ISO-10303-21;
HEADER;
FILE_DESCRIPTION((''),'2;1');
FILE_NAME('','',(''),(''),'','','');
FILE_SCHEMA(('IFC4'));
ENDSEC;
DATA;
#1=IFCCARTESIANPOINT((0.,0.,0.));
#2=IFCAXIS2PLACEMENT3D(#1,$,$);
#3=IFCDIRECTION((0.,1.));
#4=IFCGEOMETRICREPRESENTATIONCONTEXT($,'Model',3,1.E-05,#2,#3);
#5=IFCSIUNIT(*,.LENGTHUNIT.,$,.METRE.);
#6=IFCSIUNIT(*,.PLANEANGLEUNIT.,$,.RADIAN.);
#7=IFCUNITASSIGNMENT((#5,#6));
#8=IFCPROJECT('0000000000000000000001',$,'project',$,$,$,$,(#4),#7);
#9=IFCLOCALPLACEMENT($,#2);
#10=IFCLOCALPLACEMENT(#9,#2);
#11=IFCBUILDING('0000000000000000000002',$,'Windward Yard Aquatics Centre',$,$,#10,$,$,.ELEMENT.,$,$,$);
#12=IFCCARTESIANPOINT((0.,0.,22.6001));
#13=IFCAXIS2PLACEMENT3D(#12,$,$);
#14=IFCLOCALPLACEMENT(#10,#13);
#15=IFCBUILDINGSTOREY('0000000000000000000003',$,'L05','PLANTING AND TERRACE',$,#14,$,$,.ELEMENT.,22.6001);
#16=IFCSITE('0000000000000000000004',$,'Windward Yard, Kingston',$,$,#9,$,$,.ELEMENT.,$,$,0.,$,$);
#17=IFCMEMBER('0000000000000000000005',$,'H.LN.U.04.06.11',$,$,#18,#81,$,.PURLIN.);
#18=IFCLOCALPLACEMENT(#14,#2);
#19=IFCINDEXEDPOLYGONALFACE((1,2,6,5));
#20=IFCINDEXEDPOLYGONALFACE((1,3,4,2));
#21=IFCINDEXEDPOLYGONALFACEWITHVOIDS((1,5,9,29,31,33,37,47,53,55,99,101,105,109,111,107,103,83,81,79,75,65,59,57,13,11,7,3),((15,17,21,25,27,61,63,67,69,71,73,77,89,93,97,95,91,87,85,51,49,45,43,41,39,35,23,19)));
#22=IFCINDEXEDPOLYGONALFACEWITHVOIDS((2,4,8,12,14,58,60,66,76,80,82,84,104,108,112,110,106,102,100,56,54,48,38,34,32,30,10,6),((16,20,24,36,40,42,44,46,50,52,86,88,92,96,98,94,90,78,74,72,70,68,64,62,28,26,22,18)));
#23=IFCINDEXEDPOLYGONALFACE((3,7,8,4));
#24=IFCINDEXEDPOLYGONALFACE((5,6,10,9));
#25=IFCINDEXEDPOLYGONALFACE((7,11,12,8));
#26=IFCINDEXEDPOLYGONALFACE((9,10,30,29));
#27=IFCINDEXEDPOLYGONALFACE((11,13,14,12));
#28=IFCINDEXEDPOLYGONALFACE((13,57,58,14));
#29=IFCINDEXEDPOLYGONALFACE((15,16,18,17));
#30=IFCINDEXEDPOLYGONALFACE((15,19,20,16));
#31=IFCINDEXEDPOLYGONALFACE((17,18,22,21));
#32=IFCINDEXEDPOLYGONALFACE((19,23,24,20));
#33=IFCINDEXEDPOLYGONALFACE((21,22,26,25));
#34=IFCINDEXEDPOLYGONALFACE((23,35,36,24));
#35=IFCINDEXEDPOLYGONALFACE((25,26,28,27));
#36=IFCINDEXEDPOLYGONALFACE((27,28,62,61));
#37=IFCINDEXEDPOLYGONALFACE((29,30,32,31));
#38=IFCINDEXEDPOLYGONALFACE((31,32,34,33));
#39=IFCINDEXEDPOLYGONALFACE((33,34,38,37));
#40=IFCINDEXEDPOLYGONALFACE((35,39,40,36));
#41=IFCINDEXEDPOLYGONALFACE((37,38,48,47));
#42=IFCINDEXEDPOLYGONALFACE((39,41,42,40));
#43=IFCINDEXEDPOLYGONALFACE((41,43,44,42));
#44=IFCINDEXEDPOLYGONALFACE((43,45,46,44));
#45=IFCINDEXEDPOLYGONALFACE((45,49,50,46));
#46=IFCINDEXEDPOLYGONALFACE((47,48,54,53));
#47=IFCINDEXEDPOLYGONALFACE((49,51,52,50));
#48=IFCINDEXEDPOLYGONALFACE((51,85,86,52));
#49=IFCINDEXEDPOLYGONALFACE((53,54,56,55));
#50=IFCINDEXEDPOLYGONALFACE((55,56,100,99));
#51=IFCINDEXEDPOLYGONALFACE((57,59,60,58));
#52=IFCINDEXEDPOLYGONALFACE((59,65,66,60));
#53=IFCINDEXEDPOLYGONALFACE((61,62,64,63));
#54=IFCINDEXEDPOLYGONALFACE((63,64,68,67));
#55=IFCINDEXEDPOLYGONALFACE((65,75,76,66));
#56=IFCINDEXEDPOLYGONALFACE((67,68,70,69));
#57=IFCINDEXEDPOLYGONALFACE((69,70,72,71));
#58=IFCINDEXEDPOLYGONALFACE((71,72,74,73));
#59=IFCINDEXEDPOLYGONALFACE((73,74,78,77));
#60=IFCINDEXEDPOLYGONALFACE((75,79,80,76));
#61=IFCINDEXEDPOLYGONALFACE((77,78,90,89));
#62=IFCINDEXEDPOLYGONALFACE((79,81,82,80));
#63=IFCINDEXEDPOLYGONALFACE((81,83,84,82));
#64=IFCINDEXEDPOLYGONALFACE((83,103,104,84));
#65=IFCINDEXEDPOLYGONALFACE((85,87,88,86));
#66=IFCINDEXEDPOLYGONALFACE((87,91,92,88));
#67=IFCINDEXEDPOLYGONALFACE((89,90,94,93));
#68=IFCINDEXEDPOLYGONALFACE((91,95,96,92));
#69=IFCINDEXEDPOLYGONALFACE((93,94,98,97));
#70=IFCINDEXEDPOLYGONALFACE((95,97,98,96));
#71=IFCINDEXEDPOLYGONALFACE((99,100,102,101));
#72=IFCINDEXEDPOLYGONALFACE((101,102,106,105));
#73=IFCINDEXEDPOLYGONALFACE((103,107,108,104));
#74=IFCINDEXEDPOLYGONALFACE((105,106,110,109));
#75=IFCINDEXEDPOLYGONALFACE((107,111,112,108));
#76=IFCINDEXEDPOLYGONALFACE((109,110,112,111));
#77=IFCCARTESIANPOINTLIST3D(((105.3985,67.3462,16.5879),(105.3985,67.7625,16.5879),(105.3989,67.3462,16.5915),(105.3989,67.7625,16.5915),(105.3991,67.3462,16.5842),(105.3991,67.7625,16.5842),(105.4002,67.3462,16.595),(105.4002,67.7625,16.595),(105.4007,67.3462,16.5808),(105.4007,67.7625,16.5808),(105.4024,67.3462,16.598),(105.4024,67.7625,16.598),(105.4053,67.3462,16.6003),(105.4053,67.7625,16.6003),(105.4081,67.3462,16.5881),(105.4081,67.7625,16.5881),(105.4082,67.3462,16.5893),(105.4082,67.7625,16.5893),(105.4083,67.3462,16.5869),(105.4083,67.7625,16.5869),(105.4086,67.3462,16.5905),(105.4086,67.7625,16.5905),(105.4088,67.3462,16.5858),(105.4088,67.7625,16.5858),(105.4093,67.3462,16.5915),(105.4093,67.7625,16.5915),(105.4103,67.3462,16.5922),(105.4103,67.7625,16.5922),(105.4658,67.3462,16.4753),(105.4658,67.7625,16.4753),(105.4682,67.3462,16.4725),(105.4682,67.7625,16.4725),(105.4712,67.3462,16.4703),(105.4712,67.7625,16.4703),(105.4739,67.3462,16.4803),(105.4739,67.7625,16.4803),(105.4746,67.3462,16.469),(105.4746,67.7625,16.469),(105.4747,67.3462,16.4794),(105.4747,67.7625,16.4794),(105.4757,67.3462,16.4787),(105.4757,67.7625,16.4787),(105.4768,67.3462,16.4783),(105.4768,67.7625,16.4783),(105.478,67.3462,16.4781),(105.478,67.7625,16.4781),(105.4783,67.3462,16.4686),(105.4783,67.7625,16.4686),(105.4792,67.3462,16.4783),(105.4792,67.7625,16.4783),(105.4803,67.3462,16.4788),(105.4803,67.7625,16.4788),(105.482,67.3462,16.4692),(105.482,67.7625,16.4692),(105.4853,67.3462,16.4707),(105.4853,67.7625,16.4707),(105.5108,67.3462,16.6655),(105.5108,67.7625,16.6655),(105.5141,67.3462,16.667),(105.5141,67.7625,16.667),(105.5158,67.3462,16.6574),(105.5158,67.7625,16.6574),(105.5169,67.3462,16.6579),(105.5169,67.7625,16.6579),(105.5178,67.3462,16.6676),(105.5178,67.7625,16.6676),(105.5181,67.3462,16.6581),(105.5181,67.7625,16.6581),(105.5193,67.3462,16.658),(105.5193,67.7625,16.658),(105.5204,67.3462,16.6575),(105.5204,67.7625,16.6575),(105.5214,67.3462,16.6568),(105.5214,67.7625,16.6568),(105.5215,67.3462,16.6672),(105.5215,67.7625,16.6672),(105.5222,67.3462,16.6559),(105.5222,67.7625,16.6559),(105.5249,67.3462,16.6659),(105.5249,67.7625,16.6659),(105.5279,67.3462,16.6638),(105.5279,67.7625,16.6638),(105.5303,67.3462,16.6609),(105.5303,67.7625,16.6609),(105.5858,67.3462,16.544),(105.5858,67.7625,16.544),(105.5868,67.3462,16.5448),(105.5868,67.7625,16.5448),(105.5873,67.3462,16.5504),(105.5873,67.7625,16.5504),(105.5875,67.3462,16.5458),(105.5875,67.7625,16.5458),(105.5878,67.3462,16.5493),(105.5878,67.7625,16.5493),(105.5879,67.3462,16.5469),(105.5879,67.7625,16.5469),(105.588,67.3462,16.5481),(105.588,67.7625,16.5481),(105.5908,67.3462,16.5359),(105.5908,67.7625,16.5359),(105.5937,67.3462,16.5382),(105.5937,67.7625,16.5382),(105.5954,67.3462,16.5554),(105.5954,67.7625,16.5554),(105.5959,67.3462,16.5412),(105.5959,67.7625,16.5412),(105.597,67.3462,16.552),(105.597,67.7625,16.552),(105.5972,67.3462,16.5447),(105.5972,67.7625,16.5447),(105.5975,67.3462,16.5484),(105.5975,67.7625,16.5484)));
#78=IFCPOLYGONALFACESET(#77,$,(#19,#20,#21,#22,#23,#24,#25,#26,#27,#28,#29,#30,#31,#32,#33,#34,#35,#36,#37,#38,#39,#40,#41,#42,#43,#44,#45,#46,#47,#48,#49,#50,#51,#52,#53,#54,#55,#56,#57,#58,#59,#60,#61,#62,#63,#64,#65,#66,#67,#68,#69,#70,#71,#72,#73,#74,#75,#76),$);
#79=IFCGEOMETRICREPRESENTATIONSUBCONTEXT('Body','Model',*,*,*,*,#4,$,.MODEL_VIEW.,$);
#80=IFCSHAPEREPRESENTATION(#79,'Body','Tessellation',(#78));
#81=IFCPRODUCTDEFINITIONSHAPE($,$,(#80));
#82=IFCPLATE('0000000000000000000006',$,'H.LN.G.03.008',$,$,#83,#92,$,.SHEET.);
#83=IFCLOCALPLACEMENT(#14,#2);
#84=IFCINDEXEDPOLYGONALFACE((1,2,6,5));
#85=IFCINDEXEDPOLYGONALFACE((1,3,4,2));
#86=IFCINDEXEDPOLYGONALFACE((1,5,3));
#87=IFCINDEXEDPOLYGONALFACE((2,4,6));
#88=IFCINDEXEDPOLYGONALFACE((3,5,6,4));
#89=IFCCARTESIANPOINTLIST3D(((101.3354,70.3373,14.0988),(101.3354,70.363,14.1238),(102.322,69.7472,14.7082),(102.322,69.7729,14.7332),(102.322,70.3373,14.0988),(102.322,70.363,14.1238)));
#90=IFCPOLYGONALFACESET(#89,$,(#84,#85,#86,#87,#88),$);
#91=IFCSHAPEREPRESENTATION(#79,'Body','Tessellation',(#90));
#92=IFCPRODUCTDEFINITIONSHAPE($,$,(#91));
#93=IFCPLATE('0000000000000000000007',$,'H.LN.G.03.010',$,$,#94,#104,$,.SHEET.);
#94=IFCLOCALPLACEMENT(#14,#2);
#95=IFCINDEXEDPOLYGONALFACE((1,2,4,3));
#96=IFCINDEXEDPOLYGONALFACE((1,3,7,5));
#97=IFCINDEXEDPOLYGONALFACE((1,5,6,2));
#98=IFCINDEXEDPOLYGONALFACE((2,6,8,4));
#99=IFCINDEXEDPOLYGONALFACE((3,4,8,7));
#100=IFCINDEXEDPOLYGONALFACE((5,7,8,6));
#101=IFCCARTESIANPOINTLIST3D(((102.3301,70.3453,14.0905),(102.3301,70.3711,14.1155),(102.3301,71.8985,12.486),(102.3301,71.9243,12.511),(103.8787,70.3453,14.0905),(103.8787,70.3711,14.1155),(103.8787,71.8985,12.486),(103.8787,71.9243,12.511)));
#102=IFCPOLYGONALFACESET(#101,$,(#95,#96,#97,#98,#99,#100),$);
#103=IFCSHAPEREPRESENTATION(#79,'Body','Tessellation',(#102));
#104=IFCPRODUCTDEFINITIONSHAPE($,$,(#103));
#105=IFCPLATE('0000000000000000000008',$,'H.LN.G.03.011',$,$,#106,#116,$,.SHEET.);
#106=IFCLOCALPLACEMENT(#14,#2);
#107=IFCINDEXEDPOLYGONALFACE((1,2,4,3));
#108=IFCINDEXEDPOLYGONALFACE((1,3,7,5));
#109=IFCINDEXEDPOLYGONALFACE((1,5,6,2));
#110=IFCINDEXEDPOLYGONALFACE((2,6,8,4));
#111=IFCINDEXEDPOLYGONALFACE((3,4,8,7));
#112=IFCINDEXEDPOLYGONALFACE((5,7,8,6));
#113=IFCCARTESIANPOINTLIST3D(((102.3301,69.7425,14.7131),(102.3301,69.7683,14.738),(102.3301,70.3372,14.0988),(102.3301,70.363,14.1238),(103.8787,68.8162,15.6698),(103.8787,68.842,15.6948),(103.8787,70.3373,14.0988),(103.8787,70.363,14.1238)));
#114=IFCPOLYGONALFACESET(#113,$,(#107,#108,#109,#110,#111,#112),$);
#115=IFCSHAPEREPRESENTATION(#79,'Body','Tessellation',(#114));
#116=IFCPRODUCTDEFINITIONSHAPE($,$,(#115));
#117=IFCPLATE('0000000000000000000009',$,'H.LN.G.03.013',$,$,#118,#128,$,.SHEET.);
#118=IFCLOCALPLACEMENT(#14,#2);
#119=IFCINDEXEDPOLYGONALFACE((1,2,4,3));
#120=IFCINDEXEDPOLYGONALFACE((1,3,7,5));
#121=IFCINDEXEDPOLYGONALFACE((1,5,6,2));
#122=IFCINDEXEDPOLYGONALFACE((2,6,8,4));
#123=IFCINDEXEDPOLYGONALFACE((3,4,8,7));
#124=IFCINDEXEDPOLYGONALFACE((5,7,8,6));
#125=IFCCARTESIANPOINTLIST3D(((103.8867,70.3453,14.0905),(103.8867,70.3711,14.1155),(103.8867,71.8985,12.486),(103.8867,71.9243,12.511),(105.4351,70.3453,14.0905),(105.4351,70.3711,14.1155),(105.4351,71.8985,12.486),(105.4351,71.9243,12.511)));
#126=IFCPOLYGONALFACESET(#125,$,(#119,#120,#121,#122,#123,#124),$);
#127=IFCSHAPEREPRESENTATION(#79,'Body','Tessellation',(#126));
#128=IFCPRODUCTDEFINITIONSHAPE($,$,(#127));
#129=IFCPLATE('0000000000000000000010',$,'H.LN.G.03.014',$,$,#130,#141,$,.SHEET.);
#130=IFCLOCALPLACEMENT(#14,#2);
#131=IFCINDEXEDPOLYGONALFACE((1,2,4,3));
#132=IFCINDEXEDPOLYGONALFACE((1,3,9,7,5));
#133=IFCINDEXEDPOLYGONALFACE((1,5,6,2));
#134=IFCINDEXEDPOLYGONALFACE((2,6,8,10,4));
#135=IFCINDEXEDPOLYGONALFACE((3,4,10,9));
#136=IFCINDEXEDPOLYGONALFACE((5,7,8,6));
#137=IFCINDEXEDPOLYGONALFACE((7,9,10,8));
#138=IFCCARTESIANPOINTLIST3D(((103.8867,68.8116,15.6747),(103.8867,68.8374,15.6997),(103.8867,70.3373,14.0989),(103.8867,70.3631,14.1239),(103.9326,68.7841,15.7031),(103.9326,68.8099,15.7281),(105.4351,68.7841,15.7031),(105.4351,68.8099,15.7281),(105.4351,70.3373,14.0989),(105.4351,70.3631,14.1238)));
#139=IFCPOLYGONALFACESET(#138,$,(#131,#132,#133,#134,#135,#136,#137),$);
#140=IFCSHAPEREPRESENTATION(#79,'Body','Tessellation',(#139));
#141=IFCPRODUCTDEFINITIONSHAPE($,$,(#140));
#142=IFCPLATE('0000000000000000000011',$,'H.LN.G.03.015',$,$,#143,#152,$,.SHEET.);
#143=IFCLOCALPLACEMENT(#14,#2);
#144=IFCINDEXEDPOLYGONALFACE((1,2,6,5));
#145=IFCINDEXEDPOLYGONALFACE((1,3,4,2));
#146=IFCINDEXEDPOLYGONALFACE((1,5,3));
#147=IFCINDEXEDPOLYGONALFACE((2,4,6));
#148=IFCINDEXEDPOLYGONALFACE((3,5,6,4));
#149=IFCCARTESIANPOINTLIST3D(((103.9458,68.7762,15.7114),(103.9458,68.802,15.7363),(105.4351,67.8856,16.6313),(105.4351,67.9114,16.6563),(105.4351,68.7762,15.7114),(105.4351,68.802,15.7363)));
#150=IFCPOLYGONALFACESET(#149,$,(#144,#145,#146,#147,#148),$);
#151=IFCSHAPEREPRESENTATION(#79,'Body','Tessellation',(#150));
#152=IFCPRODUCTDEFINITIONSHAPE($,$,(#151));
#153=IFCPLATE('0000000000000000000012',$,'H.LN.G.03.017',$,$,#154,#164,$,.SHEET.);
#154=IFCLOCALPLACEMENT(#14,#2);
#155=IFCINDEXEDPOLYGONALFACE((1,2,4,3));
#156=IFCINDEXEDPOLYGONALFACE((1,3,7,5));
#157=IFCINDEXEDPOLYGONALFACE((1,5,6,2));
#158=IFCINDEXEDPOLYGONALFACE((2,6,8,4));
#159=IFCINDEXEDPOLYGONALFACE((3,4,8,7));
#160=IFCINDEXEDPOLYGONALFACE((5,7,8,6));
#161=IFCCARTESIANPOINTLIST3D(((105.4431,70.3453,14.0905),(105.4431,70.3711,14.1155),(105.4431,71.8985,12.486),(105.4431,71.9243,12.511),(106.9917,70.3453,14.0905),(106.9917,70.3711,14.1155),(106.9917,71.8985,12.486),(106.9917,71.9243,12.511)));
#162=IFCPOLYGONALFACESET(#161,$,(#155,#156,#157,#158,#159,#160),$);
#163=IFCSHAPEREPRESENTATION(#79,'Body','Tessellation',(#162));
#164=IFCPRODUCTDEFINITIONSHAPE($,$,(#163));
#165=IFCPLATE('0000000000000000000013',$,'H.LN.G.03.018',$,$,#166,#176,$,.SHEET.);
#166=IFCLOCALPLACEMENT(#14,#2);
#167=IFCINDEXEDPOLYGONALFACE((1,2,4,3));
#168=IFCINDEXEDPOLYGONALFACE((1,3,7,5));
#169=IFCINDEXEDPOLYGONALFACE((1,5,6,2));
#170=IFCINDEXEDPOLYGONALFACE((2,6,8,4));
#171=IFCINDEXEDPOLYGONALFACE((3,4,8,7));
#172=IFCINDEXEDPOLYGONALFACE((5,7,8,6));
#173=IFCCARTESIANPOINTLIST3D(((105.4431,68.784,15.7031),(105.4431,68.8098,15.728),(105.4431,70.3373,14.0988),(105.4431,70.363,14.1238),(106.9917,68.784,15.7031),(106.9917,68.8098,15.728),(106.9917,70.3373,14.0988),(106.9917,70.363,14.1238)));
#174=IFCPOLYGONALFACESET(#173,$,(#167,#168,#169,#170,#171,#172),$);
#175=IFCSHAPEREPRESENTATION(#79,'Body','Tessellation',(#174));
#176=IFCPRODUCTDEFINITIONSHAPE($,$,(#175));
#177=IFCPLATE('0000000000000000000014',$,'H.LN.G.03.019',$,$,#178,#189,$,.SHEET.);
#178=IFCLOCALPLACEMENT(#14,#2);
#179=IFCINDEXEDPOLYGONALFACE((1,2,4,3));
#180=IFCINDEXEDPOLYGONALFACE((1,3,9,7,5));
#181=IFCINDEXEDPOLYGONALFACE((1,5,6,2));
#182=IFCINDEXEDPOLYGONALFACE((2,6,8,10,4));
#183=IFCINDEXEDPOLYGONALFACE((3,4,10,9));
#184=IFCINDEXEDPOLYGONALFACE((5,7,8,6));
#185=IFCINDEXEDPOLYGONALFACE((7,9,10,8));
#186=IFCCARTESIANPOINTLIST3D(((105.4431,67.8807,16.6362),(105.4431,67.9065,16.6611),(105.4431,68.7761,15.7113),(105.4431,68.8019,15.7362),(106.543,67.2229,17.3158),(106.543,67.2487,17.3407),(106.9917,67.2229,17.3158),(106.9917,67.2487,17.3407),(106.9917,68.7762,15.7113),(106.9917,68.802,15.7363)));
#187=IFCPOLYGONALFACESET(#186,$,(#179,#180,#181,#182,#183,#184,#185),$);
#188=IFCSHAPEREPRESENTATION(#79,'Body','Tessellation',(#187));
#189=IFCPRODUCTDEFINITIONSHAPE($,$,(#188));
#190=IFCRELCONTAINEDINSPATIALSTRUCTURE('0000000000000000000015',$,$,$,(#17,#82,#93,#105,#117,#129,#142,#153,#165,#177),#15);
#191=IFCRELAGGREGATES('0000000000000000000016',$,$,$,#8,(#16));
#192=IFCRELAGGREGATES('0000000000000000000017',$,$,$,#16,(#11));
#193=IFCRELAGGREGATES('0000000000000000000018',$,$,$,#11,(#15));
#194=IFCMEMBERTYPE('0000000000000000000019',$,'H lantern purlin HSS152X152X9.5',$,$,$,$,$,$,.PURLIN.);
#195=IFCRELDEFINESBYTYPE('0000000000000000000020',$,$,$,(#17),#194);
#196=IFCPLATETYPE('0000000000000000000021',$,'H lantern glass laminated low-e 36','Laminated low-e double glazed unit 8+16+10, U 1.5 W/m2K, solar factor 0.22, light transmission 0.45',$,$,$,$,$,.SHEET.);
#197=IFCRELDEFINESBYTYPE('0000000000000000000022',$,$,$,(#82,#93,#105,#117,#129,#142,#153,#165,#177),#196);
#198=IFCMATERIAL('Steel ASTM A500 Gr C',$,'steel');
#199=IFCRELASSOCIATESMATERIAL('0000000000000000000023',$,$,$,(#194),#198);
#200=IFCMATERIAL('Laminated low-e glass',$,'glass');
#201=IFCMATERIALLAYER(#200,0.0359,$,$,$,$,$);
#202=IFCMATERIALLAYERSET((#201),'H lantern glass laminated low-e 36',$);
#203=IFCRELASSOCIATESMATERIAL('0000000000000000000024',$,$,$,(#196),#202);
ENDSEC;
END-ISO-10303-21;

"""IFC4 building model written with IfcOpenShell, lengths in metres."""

from ifc_helpers import new_model, si_unit, direction, frame, origin, origin_2d, place, context, subcontext, project, spatial, polyline, hollow_rectangle, outline, extrude, material, layer, layer_set, material_profile, profile_set, type_object, element, save


model = new_model("IFC4")

# Units and contexts
model_context = context("Model", 3, precision=1e-05, world=origin(), true_north=direction((0.0, 1.0)))
body_context = subcontext(model_context, "Body", "Model", "MODEL_VIEW")
ifc_project = project(units=[si_unit("LENGTHUNIT", "METRE"), si_unit("PLANEANGLEUNIT", "RADIAN")], contexts=[model_context])

# Site, building, storey
site_placement = place(None, origin())
site = spatial("IfcSite", under=ifc_project, at=site_placement, Name="Windward Yard, Kingston", CompositionType="ELEMENT", RefElevation=0.0)
building_placement = place(site_placement, origin())
building = spatial("IfcBuilding", under=site, at=building_placement, Name="Windward Yard Aquatics Centre", CompositionType="ELEMENT")
storey_placement = place(building_placement, frame((0.0, 0.0, 22.6001)))
storey = spatial("IfcBuildingStorey", under=building, at=storey_placement, Name="L05", Description="PLANTING AND TERRACE", CompositionType="ELEMENT", Elevation=22.6001)

# Member
ifc_material_1 = material(Name="Steel ASTM A500 Gr C", Category="steel")
ifc_material_profile = material_profile(ifc_material_1, hollow_rectangle(XDim=0.1523, YDim=0.1523, WallThickness=0.0095, InnerFilletRadius=0.0046, OuterFilletRadius=0.0142, at=origin_2d()), Name="HSS152X152X9.5")
ifc_profile_set = profile_set([ifc_material_profile], Name="Steel ASTM A500 Gr C")
member_type = type_object("IfcMemberType", Name="H lantern purlin HSS152X152X9.5", PredefinedType="PURLIN", material=ifc_profile_set)
member_1_placement = place(storey_placement, frame((105.498, 67.3462, 16.5681), z_axis=(0.0, 1.0, 0.0), x_axis=(-0.850755, 0.0, -0.525562)))
element("IfcMember", 1, at=member_1_placement, inside=storey, type_object=member_type, Name="H.LN.U.04.06.11", PredefinedType="PURLIN", context=body_context, shape_type="SweptSolid", body=[
    extrude(hollow_rectangle(XDim=0.1523, YDim=0.1523, WallThickness=0.0095, InnerFilletRadius=0.0046, OuterFilletRadius=0.0142, at=origin_2d()), origin(), (0.0, 0.0, 1.0), 0.4163),
])

# Plates
ifc_material_2 = material(Name="Laminated low-e glass", Category="glass")
ifc_layer = layer(ifc_material_2, 0.0359)
ifc_layer_set = layer_set([ifc_layer], Name="H lantern glass laminated low-e 36")
plate_type = type_object("IfcPlateType", Name="H lantern glass laminated low-e 36", Description="Laminated low-e double glazed unit 8+16+10, U 1.5 W/m2K, solar factor 0.22, light transmission 0.45", PredefinedType="SHEET", material=ifc_layer_set)
plate_1_placement = place(storey_placement, frame((101.3354, 70.363, 14.1238), z_axis=(0.0, 0.718384, 0.695647), x_axis=(1.0, 0.0, 0.0)))
element("IfcPlate", 2, at=plate_1_placement, inside=storey, type_object=plate_type, Name="H.LN.G.03.008", PredefinedType="SHEET", context=body_context, shape_type="SweptSolid", body=[
    extrude(outline(polyline([(0.0, 0.0), (0.9866, 0.0), (0.9866, -0.8483), (0.0, 0.0)])), origin(), (0.0, 0.0, -1.0), 0.0359),
])
plate_2_placement = place(storey_placement, frame((102.3301, 70.3711, 14.1155), z_axis=(0.0, 0.718493, 0.695534), x_axis=(0.0, 0.695534, -0.718493)))
element("IfcPlate", 3, at=plate_2_placement, inside=storey, type_object=plate_type, Name="H.LN.G.03.010", PredefinedType="SHEET", context=body_context, shape_type="SweptSolid", body=[
    extrude(outline(polyline([(0.0, 0.0), (2.2331, 0.0), (2.2331, -1.5486), (0.0, -1.5486), (0.0, 0.0)])), origin(), (0.0, 0.0, -1.0), 0.0359),
])
plate_3_placement = place(storey_placement, frame((102.3301, 69.7683, 14.738), z_axis=(-0.000012, 0.718452, 0.695577), x_axis=(0.0, 0.695577, -0.718452)))
element("IfcPlate", 4, at=plate_3_placement, inside=storey, type_object=plate_type, Name="H.LN.G.03.011", PredefinedType="SHEET", context=body_context, shape_type="SweptSolid", body=[
    extrude(outline(polyline([(0.0, 0.0), (0.855, 0.0), (0.855, -1.5486), (-1.3317, -1.5486), (0.0, 0.0)])), origin(), (0.0, 0.0, -1.0), 0.0359),
])
plate_4_placement = place(storey_placement, frame((103.8867, 70.3711, 14.1155), z_axis=(0.0, 0.718493, 0.695534), x_axis=(0.0, 0.695534, -0.718493)))
element("IfcPlate", 5, at=plate_4_placement, inside=storey, type_object=plate_type, Name="H.LN.G.03.013", PredefinedType="SHEET", context=body_context, shape_type="SweptSolid", body=[
    extrude(outline(polyline([(0.0, 0.0), (2.2331, 0.0), (2.2331, -1.5483), (0.0, -1.5483), (0.0, 0.0)])), origin(), (0.0, 0.0, -1.0), 0.0359),
])
plate_5_placement = place(storey_placement, frame((103.8867, 68.8374, 15.6997), z_axis=(0.000039, 0.718441, 0.695588), x_axis=(0.0, 0.695588, -0.718441)))
element("IfcPlate", 6, at=plate_5_placement, inside=storey, type_object=plate_type, Name="H.LN.G.03.014", PredefinedType="SHEET", context=body_context, shape_type="SweptSolid", body=[
    extrude(outline(polyline([(0.0, 0.0), (2.1934, 0.0), (2.1934, -1.5483), (-0.0395, -1.5483), (-0.0395, -0.0459), (0.0, 0.0)])), origin(), (0.0, 0.0, -1.0), 0.0359),
])
plate_6_placement = place(storey_placement, frame((103.9458, 68.802, 15.7363), z_axis=(0.0, 0.718455, 0.695574), x_axis=(1.0, 0.0, 0.0)))
element("IfcPlate", 7, at=plate_6_placement, inside=storey, type_object=plate_type, Name="H.LN.G.03.015", PredefinedType="SHEET", context=body_context, shape_type="SweptSolid", body=[
    extrude(outline(polyline([(0.0, 0.0), (1.4893, 0.0), (1.4893, -1.2804), (0.0, 0.0)])), origin(), (0.0, 0.0, -1.0), 0.0359),
])
plate_7_placement = place(storey_placement, frame((105.4431, 70.3711, 14.1155), z_axis=(0.0, 0.718493, 0.695534), x_axis=(0.0, 0.695534, -0.718493)))
element("IfcPlate", 8, at=plate_7_placement, inside=storey, type_object=plate_type, Name="H.LN.G.03.017", PredefinedType="SHEET", context=body_context, shape_type="SweptSolid", body=[
    extrude(outline(polyline([(0.0, 0.0), (2.2331, 0.0), (2.2331, -1.5486), (0.0, -1.5486), (0.0, 0.0)])), origin(), (0.0, 0.0, -1.0), 0.0359),
])
plate_8_placement = place(storey_placement, frame((105.4431, 68.8098, 15.728), z_axis=(0.0, 0.71844, 0.695589), x_axis=(0.0, 0.695589, -0.71844)))
element("IfcPlate", 9, at=plate_8_placement, inside=storey, type_object=plate_type, Name="H.LN.G.03.018", PredefinedType="SHEET", context=body_context, shape_type="SweptSolid", body=[
    extrude(outline(polyline([(0.0, 0.0), (2.233, 0.0), (2.233, -1.5486), (0.0, -1.5486), (0.0, 0.0)])), origin(), (0.0, 0.0, -1.0), 0.0359),
])
plate_9_placement = place(storey_placement, frame((105.4431, 67.9065, 16.6611), z_axis=(-0.000069, 0.718469, 0.695559), x_axis=(0.0, 0.695559, -0.718469)))
element("IfcPlate", 10, at=plate_9_placement, inside=storey, type_object=plate_type, Name="H.LN.G.03.019", PredefinedType="SHEET", context=body_context, shape_type="SweptSolid", body=[
    extrude(outline(polyline([(0.0, 0.0), (1.2873, 0.0), (1.2873, -1.5486), (-0.9458, -1.5486), (-0.9458, -1.0999), (0.0, 0.0)])), origin(), (0.0, 0.0, -1.0), 0.0359),
])

save(model, "model.ifc")
